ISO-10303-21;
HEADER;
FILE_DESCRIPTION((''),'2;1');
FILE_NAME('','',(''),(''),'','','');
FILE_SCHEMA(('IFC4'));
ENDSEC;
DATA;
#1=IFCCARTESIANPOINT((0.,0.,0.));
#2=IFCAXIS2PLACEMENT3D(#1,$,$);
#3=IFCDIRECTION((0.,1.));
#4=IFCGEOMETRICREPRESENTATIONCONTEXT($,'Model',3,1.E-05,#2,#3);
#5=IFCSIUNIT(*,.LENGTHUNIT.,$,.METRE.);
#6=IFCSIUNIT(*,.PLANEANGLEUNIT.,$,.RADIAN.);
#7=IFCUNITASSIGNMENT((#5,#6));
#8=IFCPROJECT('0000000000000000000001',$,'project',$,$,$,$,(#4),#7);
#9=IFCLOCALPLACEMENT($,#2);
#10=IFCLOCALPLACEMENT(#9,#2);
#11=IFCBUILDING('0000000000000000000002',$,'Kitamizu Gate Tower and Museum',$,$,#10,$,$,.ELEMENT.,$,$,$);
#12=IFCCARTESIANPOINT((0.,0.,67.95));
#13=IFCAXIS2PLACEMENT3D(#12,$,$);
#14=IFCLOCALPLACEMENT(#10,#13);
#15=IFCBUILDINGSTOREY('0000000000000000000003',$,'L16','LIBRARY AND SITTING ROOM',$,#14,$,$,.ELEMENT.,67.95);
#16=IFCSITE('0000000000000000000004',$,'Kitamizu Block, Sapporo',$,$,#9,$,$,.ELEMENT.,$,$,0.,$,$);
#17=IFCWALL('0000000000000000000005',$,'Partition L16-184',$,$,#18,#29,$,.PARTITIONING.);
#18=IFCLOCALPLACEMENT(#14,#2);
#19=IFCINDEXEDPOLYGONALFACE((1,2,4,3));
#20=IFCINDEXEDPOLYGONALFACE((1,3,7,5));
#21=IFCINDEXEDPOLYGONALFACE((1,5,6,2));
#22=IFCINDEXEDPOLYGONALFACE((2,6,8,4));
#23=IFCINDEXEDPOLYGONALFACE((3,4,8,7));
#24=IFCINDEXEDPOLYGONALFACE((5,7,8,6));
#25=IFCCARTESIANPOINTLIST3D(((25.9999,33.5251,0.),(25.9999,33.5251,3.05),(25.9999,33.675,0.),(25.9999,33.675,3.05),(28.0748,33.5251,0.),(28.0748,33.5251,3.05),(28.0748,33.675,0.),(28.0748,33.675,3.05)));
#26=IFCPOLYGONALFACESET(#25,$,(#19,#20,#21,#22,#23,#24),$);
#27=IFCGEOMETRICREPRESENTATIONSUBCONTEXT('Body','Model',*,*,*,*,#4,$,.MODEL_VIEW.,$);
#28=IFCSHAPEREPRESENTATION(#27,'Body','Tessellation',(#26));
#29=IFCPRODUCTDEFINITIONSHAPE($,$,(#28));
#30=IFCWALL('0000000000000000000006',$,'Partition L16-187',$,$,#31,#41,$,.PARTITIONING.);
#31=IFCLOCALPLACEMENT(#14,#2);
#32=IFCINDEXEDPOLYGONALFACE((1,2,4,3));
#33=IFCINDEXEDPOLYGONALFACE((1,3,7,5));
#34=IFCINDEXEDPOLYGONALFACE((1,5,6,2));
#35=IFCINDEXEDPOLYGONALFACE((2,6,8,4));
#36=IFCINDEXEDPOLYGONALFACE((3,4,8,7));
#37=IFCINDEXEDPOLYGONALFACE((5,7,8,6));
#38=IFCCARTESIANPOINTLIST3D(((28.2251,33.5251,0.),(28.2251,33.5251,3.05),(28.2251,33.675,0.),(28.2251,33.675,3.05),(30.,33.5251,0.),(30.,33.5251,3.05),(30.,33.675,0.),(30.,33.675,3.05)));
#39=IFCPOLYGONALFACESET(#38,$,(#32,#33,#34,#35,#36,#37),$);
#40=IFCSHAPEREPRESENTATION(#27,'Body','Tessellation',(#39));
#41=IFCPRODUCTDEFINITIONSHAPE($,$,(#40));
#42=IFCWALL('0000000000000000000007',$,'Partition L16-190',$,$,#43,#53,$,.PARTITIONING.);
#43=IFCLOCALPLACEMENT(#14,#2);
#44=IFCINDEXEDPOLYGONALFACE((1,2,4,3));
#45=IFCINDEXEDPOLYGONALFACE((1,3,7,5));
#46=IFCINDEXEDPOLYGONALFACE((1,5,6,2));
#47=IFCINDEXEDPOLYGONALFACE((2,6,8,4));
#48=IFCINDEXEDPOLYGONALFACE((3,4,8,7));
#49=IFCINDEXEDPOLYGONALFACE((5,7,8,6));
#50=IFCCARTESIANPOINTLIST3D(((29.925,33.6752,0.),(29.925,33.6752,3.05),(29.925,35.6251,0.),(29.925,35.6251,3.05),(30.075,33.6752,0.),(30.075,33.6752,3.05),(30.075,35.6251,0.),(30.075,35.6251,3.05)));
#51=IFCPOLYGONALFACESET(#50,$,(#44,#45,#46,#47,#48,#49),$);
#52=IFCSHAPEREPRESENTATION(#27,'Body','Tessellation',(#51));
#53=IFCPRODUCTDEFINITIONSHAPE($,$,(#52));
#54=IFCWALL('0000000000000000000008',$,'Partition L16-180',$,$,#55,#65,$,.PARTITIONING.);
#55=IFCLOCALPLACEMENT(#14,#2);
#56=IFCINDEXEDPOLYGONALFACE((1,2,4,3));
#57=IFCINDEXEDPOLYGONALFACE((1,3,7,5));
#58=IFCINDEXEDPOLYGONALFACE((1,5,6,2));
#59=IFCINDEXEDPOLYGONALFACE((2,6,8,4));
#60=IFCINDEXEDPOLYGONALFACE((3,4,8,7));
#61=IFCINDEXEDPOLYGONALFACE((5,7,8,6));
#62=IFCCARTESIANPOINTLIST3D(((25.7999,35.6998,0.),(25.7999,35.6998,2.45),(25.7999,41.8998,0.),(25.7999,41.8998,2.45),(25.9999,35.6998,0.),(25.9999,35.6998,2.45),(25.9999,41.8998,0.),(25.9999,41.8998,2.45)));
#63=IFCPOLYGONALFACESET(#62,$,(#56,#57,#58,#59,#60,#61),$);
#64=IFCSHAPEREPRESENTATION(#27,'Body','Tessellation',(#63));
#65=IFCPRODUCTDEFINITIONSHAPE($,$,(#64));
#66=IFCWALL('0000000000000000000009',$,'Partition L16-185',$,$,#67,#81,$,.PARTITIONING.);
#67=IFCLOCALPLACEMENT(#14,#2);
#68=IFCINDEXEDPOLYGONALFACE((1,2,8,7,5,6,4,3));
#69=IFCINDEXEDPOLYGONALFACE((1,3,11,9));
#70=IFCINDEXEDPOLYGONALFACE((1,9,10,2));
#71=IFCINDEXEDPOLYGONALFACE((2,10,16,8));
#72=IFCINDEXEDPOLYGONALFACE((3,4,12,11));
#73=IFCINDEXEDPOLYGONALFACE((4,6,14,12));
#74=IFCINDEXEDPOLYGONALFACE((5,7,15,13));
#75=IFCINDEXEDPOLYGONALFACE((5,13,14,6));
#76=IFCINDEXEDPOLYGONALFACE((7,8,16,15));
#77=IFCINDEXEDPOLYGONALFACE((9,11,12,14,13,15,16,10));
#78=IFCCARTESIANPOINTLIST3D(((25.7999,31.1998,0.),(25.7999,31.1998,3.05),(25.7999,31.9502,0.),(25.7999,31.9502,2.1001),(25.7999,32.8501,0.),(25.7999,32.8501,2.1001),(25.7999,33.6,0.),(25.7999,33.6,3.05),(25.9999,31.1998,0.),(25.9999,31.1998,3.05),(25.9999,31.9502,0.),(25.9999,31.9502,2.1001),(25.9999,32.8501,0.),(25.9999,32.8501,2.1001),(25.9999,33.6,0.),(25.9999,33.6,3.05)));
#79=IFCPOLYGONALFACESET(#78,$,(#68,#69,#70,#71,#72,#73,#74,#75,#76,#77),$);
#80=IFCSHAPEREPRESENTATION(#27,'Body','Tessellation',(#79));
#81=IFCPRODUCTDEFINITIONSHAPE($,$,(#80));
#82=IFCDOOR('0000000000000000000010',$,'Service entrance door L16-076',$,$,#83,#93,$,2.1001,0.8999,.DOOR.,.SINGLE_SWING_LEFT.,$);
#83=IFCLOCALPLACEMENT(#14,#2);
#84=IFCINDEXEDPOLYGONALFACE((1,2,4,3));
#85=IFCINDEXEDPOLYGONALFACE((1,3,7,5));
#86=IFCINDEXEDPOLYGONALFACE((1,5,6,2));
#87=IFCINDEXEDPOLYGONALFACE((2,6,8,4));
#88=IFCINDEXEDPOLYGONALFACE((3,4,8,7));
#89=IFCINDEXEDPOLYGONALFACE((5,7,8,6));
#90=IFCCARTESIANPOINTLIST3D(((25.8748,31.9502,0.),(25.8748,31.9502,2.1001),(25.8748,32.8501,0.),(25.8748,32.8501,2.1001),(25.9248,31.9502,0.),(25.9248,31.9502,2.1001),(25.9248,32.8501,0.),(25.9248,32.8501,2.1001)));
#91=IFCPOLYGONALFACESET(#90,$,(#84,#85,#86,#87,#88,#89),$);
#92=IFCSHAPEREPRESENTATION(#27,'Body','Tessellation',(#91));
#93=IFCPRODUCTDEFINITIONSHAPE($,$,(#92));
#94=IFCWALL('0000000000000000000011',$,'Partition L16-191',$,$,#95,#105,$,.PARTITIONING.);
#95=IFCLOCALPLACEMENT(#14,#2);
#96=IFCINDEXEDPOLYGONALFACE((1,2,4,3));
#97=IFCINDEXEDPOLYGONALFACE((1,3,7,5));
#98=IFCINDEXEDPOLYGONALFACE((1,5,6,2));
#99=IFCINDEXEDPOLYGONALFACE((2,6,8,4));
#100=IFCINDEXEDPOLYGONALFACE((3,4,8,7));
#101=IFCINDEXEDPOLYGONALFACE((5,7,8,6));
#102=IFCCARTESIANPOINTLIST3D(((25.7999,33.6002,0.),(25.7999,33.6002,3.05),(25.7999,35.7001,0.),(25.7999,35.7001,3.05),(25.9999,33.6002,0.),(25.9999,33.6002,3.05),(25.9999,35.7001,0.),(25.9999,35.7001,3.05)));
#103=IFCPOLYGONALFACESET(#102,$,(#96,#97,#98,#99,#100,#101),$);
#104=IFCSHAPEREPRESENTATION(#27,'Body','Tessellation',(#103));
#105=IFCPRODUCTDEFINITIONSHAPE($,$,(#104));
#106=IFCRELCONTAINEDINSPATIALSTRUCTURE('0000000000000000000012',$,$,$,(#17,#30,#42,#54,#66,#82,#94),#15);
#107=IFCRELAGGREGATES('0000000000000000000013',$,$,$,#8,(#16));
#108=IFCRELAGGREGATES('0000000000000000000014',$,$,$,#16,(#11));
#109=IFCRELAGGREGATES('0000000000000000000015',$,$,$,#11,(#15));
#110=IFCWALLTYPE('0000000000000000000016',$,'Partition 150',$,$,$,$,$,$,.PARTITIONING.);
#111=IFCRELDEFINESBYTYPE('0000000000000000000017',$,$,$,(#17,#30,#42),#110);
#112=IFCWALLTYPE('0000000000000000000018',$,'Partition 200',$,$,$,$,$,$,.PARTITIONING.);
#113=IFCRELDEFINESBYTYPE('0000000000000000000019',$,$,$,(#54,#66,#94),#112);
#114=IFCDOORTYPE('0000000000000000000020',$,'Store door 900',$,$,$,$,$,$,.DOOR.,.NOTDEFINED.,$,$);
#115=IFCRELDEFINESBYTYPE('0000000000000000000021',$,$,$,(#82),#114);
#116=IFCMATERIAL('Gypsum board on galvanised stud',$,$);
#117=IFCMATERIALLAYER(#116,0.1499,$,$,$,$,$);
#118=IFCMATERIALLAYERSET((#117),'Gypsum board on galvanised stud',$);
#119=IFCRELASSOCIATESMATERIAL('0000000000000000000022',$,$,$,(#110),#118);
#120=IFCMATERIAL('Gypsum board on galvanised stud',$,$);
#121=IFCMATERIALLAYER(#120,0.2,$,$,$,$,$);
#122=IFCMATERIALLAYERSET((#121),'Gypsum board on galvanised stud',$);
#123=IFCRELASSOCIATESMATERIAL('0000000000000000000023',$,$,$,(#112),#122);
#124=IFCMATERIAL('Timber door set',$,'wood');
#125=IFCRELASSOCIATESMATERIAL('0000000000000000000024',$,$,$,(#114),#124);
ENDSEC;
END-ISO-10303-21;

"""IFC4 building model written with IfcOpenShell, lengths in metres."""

from ifc_helpers import new_model, si_unit, direction, frame, frame_2d, origin, place, context, subcontext, project, spatial, rectangle, extrude, material, layer, layer_set, type_object, element, fill, save


model = new_model("IFC4")

# Units and contexts
model_context = context("Model", 3, precision=1e-05, world=origin(), true_north=direction((0.0, 1.0)))
body_context = subcontext(model_context, "Body", "Model", "MODEL_VIEW")
ifc_project = project(units=[si_unit("LENGTHUNIT", "METRE"), si_unit("PLANEANGLEUNIT", "RADIAN")], contexts=[model_context])

# Site, building, storey
site_placement = place(None, origin())
site = spatial("IfcSite", under=ifc_project, at=site_placement, Name="Kitamizu Block, Sapporo", CompositionType="ELEMENT", RefElevation=0.0)
building_placement = place(site_placement, origin())
building = spatial("IfcBuilding", under=site, at=building_placement, Name="Kitamizu Gate Tower and Museum", CompositionType="ELEMENT")
storey_placement = place(building_placement, frame((0.0, 0.0, 67.95)))
storey = spatial("IfcBuildingStorey", under=building, at=storey_placement, Name="L16", Description="LIBRARY AND SITTING ROOM", CompositionType="ELEMENT", Elevation=67.95)

# Shared definitions
ifc_material_1 = material(Name="Gypsum board on galvanised stud")
ifc_layer_1 = layer(ifc_material_1, 0.1499)
ifc_layer_set_1 = layer_set([ifc_layer_1], Name="Gypsum board on galvanised stud")
wall_type_1 = type_object("IfcWallType", Name="Partition 150", PredefinedType="PARTITIONING", material=ifc_layer_set_1)

# Walls
wall_1_placement = place(storey_placement, frame((28.075, 33.6001, 0.0), z_axis=(0.0, 0.0, 1.0), x_axis=(-1.0, 0.0, 0.0)))
element("IfcWall", 1, at=wall_1_placement, inside=storey, type_object=wall_type_1, Name="Partition L16-184", PredefinedType="PARTITIONING", context=body_context, shape_type="SweptSolid", body=[
    extrude(rectangle(XDim=2.075, YDim=0.1499, at=frame_2d((1.0376, 0.0))), origin(), (0.0, 0.0, 1.0), 3.05),
])
wall_2_placement = place(storey_placement, frame((30.0, 33.6001, 0.0), z_axis=(0.0, 0.0, 1.0), x_axis=(-1.0, 0.0, 0.0)))
element("IfcWall", 2, at=wall_2_placement, inside=storey, type_object=wall_type_1, Name="Partition L16-187", PredefinedType="PARTITIONING", context=body_context, shape_type="SweptSolid", body=[
    extrude(rectangle(XDim=1.7749, YDim=0.1499, at=frame_2d((0.8875, 0.0))), origin(), (0.0, 0.0, 1.0), 3.05),
])
wall_3_placement = place(storey_placement, frame((30.0, 33.675, 0.0), z_axis=(0.0, 0.0, 1.0), x_axis=(0.0, 1.0, 0.0)))
element("IfcWall", 3, at=wall_3_placement, inside=storey, type_object=wall_type_1, Name="Partition L16-190", PredefinedType="PARTITIONING", context=body_context, shape_type="SweptSolid", body=[
    extrude(rectangle(XDim=1.95, YDim=0.1499, at=frame_2d((0.9751, 0.0))), origin(), (0.0, 0.0, 1.0), 3.05),
])
ifc_material_2 = material(Name="Gypsum board on galvanised stud")
ifc_layer_2 = layer(ifc_material_2, 0.2)
ifc_layer_set_2 = layer_set([ifc_layer_2], Name="Gypsum board on galvanised stud")
wall_type_2 = type_object("IfcWallType", Name="Partition 200", PredefinedType="PARTITIONING", material=ifc_layer_set_2)
wall_4_placement = place(storey_placement, frame((25.8999, 41.8999, 0.0), z_axis=(0.0, 0.0, 1.0), x_axis=(0.0, -1.0, 0.0)))
element("IfcWall", 4, at=wall_4_placement, inside=storey, type_object=wall_type_2, Name="Partition L16-180", PredefinedType="PARTITIONING", context=body_context, shape_type="SweptSolid", body=[
    extrude(rectangle(XDim=6.2, YDim=0.2, at=frame_2d((3.1001, 0.0))), origin(), (0.0, 0.0, 1.0), 2.45),
])

# Wall, opening, door
wall_5_placement = place(storey_placement, frame((25.8999, 33.6001, 0.0), z_axis=(0.0, 0.0, 1.0), x_axis=(0.0, -1.0, 0.0)))
wall_5 = element("IfcWall", 5, at=wall_5_placement, inside=storey, type_object=wall_type_2, Name="Partition L16-185", PredefinedType="PARTITIONING", context=body_context, shape_type="SweptSolid", body=[
    extrude(rectangle(XDim=2.4001, YDim=0.2, at=frame_2d((1.2002, 0.0))), origin(), (0.0, 0.0, 1.0), 3.05),
])
opening_1_placement = place(wall_5_placement, frame((0.75, 0.0, 0.0)))
opening_1 = element("IfcOpeningElement", 6, at=opening_1_placement, cuts=wall_5, PredefinedType="OPENING", context=body_context, shape_type="SweptSolid", body=[
    extrude(rectangle(XDim=0.8999, YDim=2.1001, at=frame_2d((0.45, 1.05))), frame((0.0, 0.1099, 0.0), z_axis=(0.0, -1.0, 0.0), x_axis=(1.0, 0.0, 0.0)), (0.0, 0.0, 1.0), 0.22),
])
ifc_material_3 = material(Name="Timber door set", Category="wood")
door_type_1 = type_object("IfcDoorType", Name="Store door 900", OperationType="NOTDEFINED", PredefinedType="DOOR", material=ifc_material_3)
door_1_placement = place(opening_1_placement, origin())
door_1 = element("IfcDoor", 7, at=door_1_placement, inside=storey, type_object=door_type_1, Name="Service entrance door L16-076", OperationType="SINGLE_SWING_LEFT", OverallHeight=2.1001, OverallWidth=0.8999, PredefinedType="DOOR", context=body_context, shape_type="SweptSolid", body=[
    extrude(rectangle(XDim=0.8999, YDim=2.1001, at=frame_2d((0.45, 1.05))), frame((0.0, 0.0249, 0.0), z_axis=(0.0, -1.0, 0.0), x_axis=(1.0, 0.0, 0.0)), (0.0, 0.0, 1.0), 0.05),
])
fill(opening_1, door_1)

# Wall
wall_6_placement = place(storey_placement, frame((25.8999, 35.7, 0.0), z_axis=(0.0, 0.0, 1.0), x_axis=(0.0, -1.0, 0.0)))
element("IfcWall", 8, at=wall_6_placement, inside=storey, type_object=wall_type_2, Name="Partition L16-191", PredefinedType="PARTITIONING", context=body_context, shape_type="SweptSolid", body=[
    extrude(rectangle(XDim=2.0999, YDim=0.2, at=frame_2d((1.0498, 0.0))), origin(), (0.0, 0.0, 1.0), 3.05),
])

save(model, "model.ifc")
